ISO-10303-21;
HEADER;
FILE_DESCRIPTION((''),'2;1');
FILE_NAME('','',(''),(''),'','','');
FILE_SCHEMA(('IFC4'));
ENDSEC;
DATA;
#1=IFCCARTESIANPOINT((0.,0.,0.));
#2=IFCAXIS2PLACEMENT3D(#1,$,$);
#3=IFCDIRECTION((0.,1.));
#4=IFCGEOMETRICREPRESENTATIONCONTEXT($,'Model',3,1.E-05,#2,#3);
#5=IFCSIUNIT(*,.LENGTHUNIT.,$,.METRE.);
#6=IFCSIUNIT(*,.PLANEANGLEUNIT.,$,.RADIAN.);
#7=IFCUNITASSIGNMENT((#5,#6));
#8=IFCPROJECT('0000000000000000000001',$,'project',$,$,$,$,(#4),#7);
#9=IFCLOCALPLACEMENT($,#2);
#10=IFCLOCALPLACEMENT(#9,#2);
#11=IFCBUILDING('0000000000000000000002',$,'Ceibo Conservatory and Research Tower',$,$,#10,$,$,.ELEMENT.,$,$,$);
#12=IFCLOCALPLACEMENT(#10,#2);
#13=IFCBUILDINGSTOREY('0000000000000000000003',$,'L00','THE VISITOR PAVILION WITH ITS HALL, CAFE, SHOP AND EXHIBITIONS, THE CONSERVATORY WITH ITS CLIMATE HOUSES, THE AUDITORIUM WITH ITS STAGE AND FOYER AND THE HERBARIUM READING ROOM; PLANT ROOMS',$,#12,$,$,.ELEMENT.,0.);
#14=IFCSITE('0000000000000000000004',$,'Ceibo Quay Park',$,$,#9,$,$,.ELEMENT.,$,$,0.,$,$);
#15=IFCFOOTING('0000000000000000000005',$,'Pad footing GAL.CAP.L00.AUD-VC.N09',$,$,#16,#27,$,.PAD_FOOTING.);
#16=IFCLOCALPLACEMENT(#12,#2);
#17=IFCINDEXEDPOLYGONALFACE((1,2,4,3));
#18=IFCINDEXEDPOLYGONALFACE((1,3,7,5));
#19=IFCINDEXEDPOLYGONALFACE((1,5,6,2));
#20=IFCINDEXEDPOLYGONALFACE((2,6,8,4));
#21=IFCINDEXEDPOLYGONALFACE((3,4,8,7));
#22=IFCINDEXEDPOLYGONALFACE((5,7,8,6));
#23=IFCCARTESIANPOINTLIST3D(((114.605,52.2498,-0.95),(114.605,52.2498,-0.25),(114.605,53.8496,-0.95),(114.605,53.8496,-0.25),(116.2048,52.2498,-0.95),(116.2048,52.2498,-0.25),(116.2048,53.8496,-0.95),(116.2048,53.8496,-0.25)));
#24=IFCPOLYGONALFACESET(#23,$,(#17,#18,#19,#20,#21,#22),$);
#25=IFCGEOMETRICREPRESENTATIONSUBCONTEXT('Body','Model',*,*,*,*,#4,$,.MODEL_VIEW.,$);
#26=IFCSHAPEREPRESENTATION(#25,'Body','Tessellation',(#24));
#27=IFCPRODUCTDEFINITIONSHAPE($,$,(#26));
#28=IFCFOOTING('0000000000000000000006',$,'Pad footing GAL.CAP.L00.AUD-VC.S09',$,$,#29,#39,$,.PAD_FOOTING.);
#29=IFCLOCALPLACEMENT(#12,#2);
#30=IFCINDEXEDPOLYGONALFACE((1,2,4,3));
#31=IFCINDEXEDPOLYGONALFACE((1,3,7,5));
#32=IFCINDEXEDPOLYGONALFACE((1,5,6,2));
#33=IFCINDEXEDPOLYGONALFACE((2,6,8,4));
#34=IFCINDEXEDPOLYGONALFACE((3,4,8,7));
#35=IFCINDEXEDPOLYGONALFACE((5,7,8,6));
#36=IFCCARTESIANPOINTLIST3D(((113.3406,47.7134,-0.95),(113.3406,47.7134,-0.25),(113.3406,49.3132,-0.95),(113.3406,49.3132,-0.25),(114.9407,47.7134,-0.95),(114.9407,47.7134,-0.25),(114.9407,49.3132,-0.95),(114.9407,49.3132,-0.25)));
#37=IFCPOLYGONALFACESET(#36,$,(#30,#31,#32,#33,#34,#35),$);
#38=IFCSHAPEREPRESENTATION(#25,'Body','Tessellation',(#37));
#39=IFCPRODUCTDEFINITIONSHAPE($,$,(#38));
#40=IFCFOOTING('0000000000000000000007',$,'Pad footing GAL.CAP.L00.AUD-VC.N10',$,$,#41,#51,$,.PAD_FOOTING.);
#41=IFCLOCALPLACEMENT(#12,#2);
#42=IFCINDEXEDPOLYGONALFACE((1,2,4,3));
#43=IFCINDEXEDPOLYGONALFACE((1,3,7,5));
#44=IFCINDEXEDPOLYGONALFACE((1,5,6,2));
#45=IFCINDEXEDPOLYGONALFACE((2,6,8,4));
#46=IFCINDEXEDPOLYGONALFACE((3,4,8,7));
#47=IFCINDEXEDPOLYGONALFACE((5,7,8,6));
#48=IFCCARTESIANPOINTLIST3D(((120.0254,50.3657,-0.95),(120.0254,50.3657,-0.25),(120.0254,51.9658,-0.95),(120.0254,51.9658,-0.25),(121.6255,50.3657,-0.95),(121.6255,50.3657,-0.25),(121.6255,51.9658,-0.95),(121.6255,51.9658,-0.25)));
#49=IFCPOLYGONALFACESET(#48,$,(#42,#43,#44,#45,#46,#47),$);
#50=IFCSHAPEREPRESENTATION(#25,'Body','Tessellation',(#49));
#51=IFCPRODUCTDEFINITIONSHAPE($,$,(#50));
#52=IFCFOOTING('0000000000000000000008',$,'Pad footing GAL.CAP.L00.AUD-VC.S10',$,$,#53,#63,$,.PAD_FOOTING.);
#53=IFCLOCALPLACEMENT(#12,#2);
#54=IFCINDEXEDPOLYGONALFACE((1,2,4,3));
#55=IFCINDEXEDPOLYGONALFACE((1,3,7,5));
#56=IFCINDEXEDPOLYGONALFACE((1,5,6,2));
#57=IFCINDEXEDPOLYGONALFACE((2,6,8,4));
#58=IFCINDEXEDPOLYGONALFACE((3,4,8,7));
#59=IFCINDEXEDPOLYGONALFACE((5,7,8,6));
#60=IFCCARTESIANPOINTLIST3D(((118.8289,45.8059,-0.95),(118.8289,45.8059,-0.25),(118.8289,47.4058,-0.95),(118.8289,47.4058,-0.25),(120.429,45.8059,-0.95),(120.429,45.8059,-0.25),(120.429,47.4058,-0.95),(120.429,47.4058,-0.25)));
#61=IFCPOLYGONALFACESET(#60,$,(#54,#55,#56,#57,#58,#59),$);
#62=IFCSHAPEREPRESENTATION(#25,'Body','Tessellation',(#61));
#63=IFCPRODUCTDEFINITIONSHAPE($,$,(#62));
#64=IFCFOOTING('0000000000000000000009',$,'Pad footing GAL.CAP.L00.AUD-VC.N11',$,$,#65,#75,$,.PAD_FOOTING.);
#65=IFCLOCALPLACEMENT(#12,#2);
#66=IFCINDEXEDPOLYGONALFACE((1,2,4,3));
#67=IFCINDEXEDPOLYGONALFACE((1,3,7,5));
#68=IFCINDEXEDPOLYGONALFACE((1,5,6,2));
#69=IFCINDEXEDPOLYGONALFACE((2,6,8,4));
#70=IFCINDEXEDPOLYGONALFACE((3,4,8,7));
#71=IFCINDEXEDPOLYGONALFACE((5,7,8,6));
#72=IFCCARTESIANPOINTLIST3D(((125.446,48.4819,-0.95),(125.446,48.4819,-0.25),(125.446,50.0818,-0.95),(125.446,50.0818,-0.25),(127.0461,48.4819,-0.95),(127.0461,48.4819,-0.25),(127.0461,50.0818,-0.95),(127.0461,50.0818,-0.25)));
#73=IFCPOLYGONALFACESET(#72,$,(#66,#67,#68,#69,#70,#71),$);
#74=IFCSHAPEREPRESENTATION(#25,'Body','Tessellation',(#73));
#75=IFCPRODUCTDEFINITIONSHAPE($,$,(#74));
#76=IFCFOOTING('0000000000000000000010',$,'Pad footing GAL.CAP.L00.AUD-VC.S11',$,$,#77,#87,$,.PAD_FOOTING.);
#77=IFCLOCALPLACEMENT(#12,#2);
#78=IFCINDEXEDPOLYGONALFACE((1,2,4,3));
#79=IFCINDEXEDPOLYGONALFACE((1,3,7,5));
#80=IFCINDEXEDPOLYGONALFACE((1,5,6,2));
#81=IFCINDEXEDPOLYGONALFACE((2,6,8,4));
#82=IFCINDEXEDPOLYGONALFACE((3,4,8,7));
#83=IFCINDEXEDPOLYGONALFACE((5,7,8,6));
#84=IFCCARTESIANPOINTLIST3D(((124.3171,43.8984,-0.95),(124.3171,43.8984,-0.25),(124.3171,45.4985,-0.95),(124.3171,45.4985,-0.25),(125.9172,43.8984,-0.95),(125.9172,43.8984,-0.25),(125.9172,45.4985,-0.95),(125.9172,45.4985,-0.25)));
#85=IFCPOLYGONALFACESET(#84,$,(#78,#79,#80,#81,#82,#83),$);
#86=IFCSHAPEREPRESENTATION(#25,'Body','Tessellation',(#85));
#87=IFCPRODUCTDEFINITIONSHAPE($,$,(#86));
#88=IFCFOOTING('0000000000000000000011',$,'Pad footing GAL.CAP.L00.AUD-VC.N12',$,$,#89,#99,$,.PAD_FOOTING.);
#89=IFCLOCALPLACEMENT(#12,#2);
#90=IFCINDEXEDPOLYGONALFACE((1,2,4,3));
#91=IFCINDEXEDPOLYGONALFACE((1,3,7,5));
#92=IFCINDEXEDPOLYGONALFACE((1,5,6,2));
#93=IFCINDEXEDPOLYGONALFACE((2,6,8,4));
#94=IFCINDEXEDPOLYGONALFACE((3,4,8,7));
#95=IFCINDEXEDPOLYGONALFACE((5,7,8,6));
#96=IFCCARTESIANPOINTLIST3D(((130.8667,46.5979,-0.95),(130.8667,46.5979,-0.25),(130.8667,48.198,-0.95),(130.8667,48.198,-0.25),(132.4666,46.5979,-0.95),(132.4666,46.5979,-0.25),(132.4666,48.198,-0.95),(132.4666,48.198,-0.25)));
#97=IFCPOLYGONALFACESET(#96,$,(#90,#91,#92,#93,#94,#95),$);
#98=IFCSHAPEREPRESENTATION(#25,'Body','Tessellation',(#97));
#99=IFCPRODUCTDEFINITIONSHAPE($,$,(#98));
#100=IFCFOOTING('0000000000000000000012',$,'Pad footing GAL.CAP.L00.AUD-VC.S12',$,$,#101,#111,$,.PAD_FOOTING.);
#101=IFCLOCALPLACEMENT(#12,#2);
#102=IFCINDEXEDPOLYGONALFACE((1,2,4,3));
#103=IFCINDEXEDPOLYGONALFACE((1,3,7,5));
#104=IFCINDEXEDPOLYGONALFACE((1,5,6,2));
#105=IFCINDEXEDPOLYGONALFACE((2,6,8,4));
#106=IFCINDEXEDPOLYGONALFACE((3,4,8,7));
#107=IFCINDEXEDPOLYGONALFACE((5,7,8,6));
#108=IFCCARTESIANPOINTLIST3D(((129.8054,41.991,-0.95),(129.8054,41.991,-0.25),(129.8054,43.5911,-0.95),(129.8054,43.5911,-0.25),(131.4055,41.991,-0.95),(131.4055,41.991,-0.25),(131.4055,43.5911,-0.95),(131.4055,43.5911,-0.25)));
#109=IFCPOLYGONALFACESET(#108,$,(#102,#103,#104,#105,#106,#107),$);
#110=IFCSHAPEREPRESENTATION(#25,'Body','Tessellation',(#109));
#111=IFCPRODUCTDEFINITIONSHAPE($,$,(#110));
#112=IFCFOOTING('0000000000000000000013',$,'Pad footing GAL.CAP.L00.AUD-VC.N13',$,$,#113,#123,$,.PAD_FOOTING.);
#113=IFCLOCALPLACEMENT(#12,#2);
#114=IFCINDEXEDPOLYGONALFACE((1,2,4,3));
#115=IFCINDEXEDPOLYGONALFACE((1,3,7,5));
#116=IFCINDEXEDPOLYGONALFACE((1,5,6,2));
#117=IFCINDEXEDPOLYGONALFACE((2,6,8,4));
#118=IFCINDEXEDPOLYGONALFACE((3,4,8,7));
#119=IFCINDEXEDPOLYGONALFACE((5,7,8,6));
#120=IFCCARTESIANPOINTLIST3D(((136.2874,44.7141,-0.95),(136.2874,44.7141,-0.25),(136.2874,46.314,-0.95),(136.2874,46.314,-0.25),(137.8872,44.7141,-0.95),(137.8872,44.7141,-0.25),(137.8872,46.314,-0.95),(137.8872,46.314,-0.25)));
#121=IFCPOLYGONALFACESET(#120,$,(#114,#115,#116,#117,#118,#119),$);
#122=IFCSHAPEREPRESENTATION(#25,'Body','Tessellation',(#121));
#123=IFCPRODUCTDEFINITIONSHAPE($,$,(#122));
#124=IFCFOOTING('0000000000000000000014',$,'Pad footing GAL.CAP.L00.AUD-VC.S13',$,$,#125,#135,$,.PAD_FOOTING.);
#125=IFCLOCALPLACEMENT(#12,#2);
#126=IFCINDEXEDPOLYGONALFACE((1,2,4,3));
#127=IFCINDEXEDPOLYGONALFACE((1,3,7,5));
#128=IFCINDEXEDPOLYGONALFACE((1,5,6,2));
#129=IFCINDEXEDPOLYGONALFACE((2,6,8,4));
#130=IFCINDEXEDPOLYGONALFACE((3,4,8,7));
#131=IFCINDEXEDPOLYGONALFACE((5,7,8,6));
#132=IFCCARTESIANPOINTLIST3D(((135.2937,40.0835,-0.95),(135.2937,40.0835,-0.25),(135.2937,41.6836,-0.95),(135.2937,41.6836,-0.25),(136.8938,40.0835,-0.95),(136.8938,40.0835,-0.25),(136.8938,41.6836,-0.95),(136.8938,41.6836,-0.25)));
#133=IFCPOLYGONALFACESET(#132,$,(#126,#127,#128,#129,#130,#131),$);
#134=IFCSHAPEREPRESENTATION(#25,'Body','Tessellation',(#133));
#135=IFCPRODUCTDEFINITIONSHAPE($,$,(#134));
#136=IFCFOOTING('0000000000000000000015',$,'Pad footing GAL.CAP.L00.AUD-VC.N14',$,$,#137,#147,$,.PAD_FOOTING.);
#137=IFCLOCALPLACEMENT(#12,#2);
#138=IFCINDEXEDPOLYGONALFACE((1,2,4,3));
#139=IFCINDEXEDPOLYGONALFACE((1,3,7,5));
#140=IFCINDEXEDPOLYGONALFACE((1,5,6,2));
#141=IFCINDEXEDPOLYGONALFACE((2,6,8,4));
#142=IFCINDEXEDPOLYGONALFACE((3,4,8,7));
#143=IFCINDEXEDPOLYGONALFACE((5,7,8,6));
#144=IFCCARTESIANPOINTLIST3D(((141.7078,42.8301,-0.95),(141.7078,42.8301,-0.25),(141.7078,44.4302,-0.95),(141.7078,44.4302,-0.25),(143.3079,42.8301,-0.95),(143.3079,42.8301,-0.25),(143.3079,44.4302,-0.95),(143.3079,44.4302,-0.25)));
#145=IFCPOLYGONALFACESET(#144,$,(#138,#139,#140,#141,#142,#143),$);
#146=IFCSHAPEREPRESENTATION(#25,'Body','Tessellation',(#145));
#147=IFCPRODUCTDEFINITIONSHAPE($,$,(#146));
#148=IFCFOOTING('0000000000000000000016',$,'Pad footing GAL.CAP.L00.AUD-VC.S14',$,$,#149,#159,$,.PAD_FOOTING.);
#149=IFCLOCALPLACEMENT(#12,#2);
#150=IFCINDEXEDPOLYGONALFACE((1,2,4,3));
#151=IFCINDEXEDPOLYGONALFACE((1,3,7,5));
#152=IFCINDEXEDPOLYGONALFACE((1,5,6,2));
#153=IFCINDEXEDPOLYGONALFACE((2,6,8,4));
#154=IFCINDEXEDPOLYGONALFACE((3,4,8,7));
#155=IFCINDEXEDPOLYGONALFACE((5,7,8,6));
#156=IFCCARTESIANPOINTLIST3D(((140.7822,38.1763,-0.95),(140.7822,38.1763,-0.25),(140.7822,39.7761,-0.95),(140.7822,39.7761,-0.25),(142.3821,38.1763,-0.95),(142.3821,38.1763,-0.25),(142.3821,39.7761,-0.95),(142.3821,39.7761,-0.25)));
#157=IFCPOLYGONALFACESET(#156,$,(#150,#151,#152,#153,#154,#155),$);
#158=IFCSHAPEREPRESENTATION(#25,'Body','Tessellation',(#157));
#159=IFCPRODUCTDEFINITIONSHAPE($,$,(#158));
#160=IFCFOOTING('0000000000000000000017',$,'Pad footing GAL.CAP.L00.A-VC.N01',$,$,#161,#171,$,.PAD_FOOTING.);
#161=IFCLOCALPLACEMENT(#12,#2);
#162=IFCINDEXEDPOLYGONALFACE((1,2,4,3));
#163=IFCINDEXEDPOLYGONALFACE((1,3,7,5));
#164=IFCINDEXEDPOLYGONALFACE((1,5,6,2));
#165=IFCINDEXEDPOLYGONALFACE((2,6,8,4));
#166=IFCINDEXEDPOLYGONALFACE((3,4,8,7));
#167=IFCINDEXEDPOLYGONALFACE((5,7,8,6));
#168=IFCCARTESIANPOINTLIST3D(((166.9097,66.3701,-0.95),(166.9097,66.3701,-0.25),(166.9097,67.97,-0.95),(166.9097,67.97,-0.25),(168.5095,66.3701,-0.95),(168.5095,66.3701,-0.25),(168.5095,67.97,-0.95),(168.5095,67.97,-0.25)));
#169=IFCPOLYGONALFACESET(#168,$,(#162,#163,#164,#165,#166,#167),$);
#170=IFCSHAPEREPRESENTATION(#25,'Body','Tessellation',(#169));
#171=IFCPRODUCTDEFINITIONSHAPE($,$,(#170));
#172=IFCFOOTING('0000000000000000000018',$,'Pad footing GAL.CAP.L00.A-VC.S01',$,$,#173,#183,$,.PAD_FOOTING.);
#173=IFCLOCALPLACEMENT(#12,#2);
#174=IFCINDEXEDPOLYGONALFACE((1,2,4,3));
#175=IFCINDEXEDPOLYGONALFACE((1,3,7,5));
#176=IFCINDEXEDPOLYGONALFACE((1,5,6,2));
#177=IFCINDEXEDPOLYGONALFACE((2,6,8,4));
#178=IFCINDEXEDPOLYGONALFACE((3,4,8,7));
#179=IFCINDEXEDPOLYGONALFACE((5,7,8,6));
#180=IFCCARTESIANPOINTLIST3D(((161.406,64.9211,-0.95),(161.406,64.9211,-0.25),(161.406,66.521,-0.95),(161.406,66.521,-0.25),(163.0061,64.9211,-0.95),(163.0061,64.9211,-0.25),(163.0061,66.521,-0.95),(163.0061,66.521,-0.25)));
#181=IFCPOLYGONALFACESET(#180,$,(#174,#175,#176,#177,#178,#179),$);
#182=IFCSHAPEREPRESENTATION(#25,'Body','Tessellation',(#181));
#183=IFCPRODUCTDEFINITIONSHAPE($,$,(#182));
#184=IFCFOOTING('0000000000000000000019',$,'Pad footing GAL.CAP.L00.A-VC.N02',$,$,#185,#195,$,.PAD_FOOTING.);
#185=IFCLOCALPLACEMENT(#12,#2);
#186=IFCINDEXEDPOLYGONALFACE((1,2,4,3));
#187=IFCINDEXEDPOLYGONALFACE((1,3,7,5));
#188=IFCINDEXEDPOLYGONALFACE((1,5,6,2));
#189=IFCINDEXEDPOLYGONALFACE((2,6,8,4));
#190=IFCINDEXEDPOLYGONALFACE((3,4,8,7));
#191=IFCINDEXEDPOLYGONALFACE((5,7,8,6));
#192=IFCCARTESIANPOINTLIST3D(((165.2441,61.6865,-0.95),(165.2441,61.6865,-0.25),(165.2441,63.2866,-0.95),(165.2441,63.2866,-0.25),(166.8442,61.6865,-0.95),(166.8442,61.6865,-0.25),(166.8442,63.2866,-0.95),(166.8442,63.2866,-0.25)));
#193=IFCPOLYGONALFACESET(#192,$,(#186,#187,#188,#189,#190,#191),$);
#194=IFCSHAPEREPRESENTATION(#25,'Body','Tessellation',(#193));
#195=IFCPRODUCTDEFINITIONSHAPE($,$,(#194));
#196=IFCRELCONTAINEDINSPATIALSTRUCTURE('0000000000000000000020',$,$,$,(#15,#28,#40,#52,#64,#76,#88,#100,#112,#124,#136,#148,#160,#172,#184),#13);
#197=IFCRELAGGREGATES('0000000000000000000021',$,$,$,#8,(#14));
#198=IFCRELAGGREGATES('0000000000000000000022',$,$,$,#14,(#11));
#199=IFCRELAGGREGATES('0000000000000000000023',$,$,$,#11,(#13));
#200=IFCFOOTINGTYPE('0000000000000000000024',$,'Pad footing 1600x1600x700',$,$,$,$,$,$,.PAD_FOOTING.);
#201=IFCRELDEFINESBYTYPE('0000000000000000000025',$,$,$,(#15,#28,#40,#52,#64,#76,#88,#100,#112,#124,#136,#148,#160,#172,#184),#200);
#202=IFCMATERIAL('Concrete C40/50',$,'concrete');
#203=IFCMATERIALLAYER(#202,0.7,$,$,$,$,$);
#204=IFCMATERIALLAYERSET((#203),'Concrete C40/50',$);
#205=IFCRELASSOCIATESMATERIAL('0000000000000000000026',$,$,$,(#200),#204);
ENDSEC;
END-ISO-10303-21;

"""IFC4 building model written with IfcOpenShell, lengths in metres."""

from ifc_helpers import new_model, si_unit, direction, frame, origin, place, context, subcontext, project, spatial, polyline, outline, extrude, material, layer, layer_set, type_object, element, save


model = new_model("IFC4")

# Units and contexts
model_context = context("Model", 3, precision=1e-05, world=origin(), true_north=direction((0.0, 1.0)))
body_context = subcontext(model_context, "Body", "Model", "MODEL_VIEW")
ifc_project = project(units=[si_unit("LENGTHUNIT", "METRE"), si_unit("PLANEANGLEUNIT", "RADIAN")], contexts=[model_context])

# Site, building, storey
site_placement = place(None, origin())
site = spatial("IfcSite", under=ifc_project, at=site_placement, Name="Ceibo Quay Park", CompositionType="ELEMENT", RefElevation=0.0)
building_placement = place(site_placement, origin())
building = spatial("IfcBuilding", under=site, at=building_placement, Name="Ceibo Conservatory and Research Tower", CompositionType="ELEMENT")
storey_placement = place(building_placement, origin())
storey = spatial("IfcBuildingStorey", under=building, at=storey_placement, Name="L00", Description="THE VISITOR PAVILION WITH ITS HALL, CAFE, SHOP AND EXHIBITIONS, THE CONSERVATORY WITH ITS CLIMATE HOUSES, THE AUDITORIUM WITH ITS STAGE AND FOYER AND THE HERBARIUM READING ROOM; PLANT ROOMS", CompositionType="ELEMENT", Elevation=0.0)

# Footings
ifc_material_1 = material(Name="Concrete C40/50", Category="concrete")
ifc_layer_1 = layer(ifc_material_1, 0.7)
ifc_layer_set_1 = layer_set([ifc_layer_1], Name="Concrete C40/50")
footing_type_1 = type_object("IfcFootingType", Name="Pad footing 1600x1600x700", PredefinedType="PAD_FOOTING", material=ifc_layer_set_1)
footing_1_placement = place(storey_placement, frame((0.0, 0.0, -0.95)))
element("IfcFooting", 1, at=footing_1_placement, inside=storey, type_object=footing_type_1, Name="Pad footing GAL.CAP.L00.AUD-VC.N09", PredefinedType="PAD_FOOTING", context=body_context, shape_type="SweptSolid", body=[
    extrude(outline(polyline([(114.605, 52.2498), (116.2048, 52.2498), (116.2048, 53.8496), (114.605, 53.8496), (114.605, 52.2498)])), origin(), (0.0, 0.0, 1.0), 0.7),
])
footing_2_placement = place(storey_placement, frame((0.0, 0.0, -0.95)))
element("IfcFooting", 2, at=footing_2_placement, inside=storey, type_object=footing_type_1, Name="Pad footing GAL.CAP.L00.AUD-VC.S09", PredefinedType="PAD_FOOTING", context=body_context, shape_type="SweptSolid", body=[
    extrude(outline(polyline([(113.3406, 47.7134), (114.9407, 47.7134), (114.9407, 49.3132), (113.3406, 49.3132), (113.3406, 47.7134)])), origin(), (0.0, 0.0, 1.0), 0.7),
])
footing_3_placement = place(storey_placement, frame((0.0, 0.0, -0.95)))
element("IfcFooting", 3, at=footing_3_placement, inside=storey, type_object=footing_type_1, Name="Pad footing GAL.CAP.L00.AUD-VC.N10", PredefinedType="PAD_FOOTING", context=body_context, shape_type="SweptSolid", body=[
    extrude(outline(polyline([(120.0254, 50.3657), (121.6255, 50.3657), (121.6255, 51.9658), (120.0254, 51.9658), (120.0254, 50.3657)])), origin(), (0.0, 0.0, 1.0), 0.7),
])
footing_4_placement = place(storey_placement, frame((0.0, 0.0, -0.95)))
element("IfcFooting", 4, at=footing_4_placement, inside=storey, type_object=footing_type_1, Name="Pad footing GAL.CAP.L00.AUD-VC.S10", PredefinedType="PAD_FOOTING", context=body_context, shape_type="SweptSolid", body=[
    extrude(outline(polyline([(118.8289, 45.8059), (120.429, 45.8059), (120.429, 47.4058), (118.8289, 47.4058), (118.8289, 45.8059)])), origin(), (0.0, 0.0, 1.0), 0.7),
])
footing_5_placement = place(storey_placement, frame((0.0, 0.0, -0.95)))
element("IfcFooting", 5, at=footing_5_placement, inside=storey, type_object=footing_type_1, Name="Pad footing GAL.CAP.L00.AUD-VC.N11", PredefinedType="PAD_FOOTING", context=body_context, shape_type="SweptSolid", body=[
    extrude(outline(polyline([(125.446, 48.4819), (127.0461, 48.4819), (127.0461, 50.0818), (125.446, 50.0818), (125.446, 48.4819)])), origin(), (0.0, 0.0, 1.0), 0.7),
])
footing_6_placement = place(storey_placement, frame((0.0, 0.0, -0.95)))
element("IfcFooting", 6, at=footing_6_placement, inside=storey, type_object=footing_type_1, Name="Pad footing GAL.CAP.L00.AUD-VC.S11", PredefinedType="PAD_FOOTING", context=body_context, shape_type="SweptSolid", body=[
    extrude(outline(polyline([(124.3171, 43.8984), (125.9172, 43.8984), (125.9172, 45.4985), (124.3171, 45.4985), (124.3171, 43.8984)])), origin(), (0.0, 0.0, 1.0), 0.7),
])
footing_7_placement = place(storey_placement, frame((0.0, 0.0, -0.95)))
element("IfcFooting", 7, at=footing_7_placement, inside=storey, type_object=footing_type_1, Name="Pad footing GAL.CAP.L00.AUD-VC.N12", PredefinedType="PAD_FOOTING", context=body_context, shape_type="SweptSolid", body=[
    extrude(outline(polyline([(130.8667, 46.5979), (132.4666, 46.5979), (132.4666, 48.198), (130.8667, 48.198), (130.8667, 46.5979)])), origin(), (0.0, 0.0, 1.0), 0.7),
])
footing_8_placement = place(storey_placement, frame((0.0, 0.0, -0.95)))
element("IfcFooting", 8, at=footing_8_placement, inside=storey, type_object=footing_type_1, Name="Pad footing GAL.CAP.L00.AUD-VC.S12", PredefinedType="PAD_FOOTING", context=body_context, shape_type="SweptSolid", body=[
    extrude(outline(polyline([(129.8054, 41.991), (131.4055, 41.991), (131.4055, 43.5911), (129.8054, 43.5911), (129.8054, 41.991)])), origin(), (0.0, 0.0, 1.0), 0.7),
])
footing_9_placement = place(storey_placement, frame((0.0, 0.0, -0.95)))
element("IfcFooting", 9, at=footing_9_placement, inside=storey, type_object=footing_type_1, Name="Pad footing GAL.CAP.L00.AUD-VC.N13", PredefinedType="PAD_FOOTING", context=body_context, shape_type="SweptSolid", body=[
    extrude(outline(polyline([(136.2874, 44.7141), (137.8872, 44.7141), (137.8872, 46.314), (136.2874, 46.314), (136.2874, 44.7141)])), origin(), (0.0, 0.0, 1.0), 0.7),
])
footing_10_placement = place(storey_placement, frame((0.0, 0.0, -0.95)))
element("IfcFooting", 10, at=footing_10_placement, inside=storey, type_object=footing_type_1, Name="Pad footing GAL.CAP.L00.AUD-VC.S13", PredefinedType="PAD_FOOTING", context=body_context, shape_type="SweptSolid", body=[
    extrude(outline(polyline([(135.2937, 40.0835), (136.8938, 40.0835), (136.8938, 41.6836), (135.2937, 41.6836), (135.2937, 40.0835)])), origin(), (0.0, 0.0, 1.0), 0.7),
])
footing_11_placement = place(storey_placement, frame((0.0, 0.0, -0.95)))
element("IfcFooting", 11, at=footing_11_placement, inside=storey, type_object=footing_type_1, Name="Pad footing GAL.CAP.L00.AUD-VC.N14", PredefinedType="PAD_FOOTING", context=body_context, shape_type="SweptSolid", body=[
    extrude(outline(polyline([(141.7078, 42.8301), (143.3079, 42.8301), (143.3079, 44.4302), (141.7078, 44.4302), (141.7078, 42.8301)])), origin(), (0.0, 0.0, 1.0), 0.7),
])
footing_12_placement = place(storey_placement, frame((0.0, 0.0, -0.95)))
element("IfcFooting", 12, at=footing_12_placement, inside=storey, type_object=footing_type_1, Name="Pad footing GAL.CAP.L00.AUD-VC.S14", PredefinedType="PAD_FOOTING", context=body_context, shape_type="SweptSolid", body=[
    extrude(outline(polyline([(140.7822, 38.1763), (142.3821, 38.1763), (142.3821, 39.7761), (140.7822, 39.7761), (140.7822, 38.1763)])), origin(), (0.0, 0.0, 1.0), 0.7),
])
footing_13_placement = place(storey_placement, frame((0.0, 0.0, -0.95)))
element("IfcFooting", 13, at=footing_13_placement, inside=storey, type_object=footing_type_1, Name="Pad footing GAL.CAP.L00.A-VC.N01", PredefinedType="PAD_FOOTING", context=body_context, shape_type="SweptSolid", body=[
    extrude(outline(polyline([(166.9097, 66.3701), (168.5095, 66.3701), (168.5095, 67.97), (166.9097, 67.97), (166.9097, 66.3701)])), origin(), (0.0, 0.0, 1.0), 0.7),
])
footing_14_placement = place(storey_placement, frame((0.0, 0.0, -0.95)))
element("IfcFooting", 14, at=footing_14_placement, inside=storey, type_object=footing_type_1, Name="Pad footing GAL.CAP.L00.A-VC.S01", PredefinedType="PAD_FOOTING", context=body_context, shape_type="SweptSolid", body=[
    extrude(outline(polyline([(161.406, 64.9211), (163.0061, 64.9211), (163.0061, 66.521), (161.406, 66.521), (161.406, 64.9211)])), origin(), (0.0, 0.0, 1.0), 0.7),
])
footing_15_placement = place(storey_placement, frame((0.0, 0.0, -0.95)))
element("IfcFooting", 15, at=footing_15_placement, inside=storey, type_object=footing_type_1, Name="Pad footing GAL.CAP.L00.A-VC.N02", PredefinedType="PAD_FOOTING", context=body_context, shape_type="SweptSolid", body=[
    extrude(outline(polyline([(165.2441, 61.6865), (166.8442, 61.6865), (166.8442, 63.2866), (165.2441, 63.2866), (165.2441, 61.6865)])), origin(), (0.0, 0.0, 1.0), 0.7),
])

save(model, "model.ifc")
